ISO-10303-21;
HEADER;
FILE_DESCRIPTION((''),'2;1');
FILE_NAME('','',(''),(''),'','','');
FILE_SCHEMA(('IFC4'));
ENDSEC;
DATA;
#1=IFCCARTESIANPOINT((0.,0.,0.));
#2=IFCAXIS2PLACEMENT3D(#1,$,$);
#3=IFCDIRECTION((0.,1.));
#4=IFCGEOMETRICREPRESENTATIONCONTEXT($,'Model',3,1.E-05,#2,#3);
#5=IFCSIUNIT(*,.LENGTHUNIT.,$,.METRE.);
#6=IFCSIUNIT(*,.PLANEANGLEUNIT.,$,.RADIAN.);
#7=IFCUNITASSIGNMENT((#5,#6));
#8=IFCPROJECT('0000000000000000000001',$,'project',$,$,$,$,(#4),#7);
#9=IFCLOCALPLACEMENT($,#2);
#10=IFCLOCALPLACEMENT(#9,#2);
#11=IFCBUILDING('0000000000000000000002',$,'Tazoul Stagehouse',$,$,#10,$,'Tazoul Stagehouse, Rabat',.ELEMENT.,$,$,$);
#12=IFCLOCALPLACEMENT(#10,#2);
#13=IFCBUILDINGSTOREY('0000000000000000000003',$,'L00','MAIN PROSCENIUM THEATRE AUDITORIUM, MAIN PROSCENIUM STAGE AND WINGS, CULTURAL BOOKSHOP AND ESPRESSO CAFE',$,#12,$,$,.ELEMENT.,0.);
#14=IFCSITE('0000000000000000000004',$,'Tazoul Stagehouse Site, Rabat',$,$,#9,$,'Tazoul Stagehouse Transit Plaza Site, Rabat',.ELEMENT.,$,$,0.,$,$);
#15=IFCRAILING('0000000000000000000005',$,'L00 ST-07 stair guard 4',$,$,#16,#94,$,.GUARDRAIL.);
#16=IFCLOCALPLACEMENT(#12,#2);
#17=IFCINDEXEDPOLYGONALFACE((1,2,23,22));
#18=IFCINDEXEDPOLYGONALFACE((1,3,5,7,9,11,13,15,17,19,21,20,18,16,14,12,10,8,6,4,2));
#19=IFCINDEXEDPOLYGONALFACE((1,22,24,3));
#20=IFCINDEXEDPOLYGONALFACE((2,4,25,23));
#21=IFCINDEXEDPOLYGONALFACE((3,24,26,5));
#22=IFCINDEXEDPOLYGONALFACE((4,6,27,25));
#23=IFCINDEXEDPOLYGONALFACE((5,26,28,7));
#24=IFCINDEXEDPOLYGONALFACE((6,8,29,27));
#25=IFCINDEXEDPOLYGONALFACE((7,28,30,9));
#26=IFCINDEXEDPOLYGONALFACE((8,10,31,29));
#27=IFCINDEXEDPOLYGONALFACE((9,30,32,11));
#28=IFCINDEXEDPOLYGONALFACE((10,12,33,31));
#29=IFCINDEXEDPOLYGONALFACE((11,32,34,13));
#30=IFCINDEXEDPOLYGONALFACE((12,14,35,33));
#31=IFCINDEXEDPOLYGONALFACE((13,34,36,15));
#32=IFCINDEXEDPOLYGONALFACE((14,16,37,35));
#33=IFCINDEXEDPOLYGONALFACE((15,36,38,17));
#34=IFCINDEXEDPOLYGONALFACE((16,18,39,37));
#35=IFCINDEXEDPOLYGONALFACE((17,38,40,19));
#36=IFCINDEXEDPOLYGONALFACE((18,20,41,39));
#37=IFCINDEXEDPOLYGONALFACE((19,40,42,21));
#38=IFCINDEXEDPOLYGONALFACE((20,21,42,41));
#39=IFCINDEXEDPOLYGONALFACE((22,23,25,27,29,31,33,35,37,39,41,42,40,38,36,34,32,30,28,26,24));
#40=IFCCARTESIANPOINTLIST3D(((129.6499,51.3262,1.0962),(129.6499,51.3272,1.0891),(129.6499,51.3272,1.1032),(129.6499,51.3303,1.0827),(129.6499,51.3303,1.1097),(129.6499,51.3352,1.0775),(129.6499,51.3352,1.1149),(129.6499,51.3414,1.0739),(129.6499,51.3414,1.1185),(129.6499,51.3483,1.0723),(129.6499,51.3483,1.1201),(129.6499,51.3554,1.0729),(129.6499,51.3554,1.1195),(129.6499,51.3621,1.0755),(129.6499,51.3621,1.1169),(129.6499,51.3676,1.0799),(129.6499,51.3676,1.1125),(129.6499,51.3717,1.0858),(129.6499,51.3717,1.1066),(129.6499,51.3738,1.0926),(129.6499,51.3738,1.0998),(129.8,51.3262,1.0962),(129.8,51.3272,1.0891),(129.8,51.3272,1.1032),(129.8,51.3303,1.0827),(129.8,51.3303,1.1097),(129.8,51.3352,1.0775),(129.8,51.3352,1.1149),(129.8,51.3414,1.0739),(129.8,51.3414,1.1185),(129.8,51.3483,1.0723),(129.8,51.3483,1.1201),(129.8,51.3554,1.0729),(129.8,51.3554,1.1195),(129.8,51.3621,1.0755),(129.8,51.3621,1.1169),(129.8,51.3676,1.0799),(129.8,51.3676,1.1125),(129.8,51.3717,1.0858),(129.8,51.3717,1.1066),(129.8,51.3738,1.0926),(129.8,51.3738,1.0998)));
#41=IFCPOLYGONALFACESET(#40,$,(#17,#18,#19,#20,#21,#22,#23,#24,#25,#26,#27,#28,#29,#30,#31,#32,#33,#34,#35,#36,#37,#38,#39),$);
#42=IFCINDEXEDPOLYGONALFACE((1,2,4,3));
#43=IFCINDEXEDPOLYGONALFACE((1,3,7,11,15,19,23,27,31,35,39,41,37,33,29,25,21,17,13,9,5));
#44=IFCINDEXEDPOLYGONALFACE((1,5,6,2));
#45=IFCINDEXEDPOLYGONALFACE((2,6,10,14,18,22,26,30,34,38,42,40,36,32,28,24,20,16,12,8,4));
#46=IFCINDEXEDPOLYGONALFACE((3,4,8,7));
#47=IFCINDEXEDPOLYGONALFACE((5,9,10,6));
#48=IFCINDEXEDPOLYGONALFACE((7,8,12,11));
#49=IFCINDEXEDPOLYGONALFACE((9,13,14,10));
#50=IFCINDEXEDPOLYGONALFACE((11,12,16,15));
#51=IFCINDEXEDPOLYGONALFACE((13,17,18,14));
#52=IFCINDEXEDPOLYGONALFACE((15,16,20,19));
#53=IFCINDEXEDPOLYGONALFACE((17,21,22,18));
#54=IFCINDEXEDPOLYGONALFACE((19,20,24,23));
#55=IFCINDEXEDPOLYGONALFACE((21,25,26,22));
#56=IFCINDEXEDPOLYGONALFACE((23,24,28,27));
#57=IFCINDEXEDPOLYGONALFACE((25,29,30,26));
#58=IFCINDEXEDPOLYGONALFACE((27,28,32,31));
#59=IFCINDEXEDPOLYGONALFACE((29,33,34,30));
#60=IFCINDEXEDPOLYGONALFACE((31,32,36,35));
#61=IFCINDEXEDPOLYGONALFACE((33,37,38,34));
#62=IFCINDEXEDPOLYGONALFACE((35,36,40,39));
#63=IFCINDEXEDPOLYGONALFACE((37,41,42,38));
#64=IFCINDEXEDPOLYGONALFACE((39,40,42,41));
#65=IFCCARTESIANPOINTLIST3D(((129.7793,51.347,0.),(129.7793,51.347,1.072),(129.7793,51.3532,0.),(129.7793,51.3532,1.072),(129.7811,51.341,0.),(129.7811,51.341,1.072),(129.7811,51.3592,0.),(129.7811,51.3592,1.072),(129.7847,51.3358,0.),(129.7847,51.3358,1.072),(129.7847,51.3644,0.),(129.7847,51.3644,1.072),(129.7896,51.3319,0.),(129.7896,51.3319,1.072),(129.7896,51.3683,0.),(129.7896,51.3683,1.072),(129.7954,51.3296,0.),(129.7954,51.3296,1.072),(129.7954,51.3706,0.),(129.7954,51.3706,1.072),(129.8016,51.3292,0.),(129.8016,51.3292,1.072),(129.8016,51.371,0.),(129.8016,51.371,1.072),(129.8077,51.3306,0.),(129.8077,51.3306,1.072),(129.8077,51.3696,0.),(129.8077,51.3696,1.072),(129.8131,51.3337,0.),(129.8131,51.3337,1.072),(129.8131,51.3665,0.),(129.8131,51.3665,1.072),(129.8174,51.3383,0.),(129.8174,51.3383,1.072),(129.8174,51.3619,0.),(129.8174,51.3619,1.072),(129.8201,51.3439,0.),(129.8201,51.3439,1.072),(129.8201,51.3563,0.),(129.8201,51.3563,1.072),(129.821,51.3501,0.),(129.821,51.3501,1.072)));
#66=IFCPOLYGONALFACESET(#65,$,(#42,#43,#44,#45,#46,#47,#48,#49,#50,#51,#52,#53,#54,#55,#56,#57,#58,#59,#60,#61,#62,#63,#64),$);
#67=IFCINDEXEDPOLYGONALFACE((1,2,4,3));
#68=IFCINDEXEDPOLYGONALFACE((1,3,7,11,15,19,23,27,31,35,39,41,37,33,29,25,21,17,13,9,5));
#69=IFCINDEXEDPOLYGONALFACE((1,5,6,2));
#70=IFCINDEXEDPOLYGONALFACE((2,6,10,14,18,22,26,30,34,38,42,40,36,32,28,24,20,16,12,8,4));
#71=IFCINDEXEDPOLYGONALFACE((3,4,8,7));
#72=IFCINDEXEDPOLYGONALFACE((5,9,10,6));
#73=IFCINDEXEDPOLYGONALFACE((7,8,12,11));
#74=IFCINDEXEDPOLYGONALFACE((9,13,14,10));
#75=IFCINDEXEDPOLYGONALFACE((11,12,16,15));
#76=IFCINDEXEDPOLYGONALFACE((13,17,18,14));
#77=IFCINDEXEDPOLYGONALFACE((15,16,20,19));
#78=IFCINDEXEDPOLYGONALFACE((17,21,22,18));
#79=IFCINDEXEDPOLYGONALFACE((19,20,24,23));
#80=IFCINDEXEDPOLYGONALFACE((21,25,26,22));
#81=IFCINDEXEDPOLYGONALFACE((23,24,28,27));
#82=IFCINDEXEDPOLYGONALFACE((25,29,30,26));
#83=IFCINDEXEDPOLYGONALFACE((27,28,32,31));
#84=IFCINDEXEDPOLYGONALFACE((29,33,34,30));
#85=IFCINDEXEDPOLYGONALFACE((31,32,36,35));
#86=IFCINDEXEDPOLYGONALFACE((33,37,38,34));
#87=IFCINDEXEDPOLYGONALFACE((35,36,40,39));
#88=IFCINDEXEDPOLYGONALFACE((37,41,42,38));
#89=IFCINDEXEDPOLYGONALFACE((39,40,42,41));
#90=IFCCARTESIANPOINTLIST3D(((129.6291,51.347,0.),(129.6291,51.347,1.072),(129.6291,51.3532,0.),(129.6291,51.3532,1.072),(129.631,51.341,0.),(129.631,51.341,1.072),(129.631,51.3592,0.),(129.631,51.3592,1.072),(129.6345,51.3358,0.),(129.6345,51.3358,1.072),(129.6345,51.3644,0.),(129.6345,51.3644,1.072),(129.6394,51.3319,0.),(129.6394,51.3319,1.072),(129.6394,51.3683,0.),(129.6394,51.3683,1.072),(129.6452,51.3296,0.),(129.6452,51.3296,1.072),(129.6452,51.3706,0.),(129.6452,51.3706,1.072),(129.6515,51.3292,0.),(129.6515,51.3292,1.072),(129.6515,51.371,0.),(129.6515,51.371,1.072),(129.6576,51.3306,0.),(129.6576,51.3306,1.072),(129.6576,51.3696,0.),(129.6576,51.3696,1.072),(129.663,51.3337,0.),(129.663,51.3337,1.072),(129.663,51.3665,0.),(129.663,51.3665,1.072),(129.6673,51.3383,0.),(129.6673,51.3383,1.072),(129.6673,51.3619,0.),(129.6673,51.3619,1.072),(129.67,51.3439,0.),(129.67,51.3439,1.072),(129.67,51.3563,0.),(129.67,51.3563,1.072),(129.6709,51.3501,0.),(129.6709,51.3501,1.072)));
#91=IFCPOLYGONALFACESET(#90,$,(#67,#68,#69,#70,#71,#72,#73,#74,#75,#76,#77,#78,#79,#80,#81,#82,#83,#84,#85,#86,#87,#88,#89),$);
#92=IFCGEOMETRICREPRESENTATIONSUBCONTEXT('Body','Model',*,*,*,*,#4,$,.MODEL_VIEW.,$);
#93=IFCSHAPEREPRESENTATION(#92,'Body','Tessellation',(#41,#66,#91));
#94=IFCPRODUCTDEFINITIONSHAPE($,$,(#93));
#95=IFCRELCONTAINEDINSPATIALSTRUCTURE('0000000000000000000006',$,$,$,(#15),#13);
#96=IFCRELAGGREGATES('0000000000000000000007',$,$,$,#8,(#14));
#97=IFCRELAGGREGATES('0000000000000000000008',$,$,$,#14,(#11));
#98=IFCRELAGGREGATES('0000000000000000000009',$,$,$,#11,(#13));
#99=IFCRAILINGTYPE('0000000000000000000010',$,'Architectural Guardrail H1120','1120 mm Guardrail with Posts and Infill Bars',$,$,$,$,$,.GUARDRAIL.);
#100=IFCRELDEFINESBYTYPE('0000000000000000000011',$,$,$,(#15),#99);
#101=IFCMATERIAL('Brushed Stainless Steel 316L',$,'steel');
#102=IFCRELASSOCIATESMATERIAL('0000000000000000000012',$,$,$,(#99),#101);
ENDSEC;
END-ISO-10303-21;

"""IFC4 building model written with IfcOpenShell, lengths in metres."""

from ifc_helpers import new_model, si_unit, direction, frame, origin, origin_2d, place, context, subcontext, project, spatial, circle, extrude, material, material_profile, profile_set, type_object, element, save


model = new_model("IFC4")

# Units and contexts
model_context = context("Model", 3, precision=1e-05, world=origin(), true_north=direction((0.0, 1.0)))
body_context = subcontext(model_context, "Body", "Model", "MODEL_VIEW")
ifc_project = project(units=[si_unit("LENGTHUNIT", "METRE"), si_unit("PLANEANGLEUNIT", "RADIAN")], contexts=[model_context])

# Site, building, storey
site_placement = place(None, origin())
site = spatial("IfcSite", under=ifc_project, at=site_placement, Name="Tazoul Stagehouse Site, Rabat", LongName="Tazoul Stagehouse Transit Plaza Site, Rabat", CompositionType="ELEMENT", RefElevation=0.0)
building_placement = place(site_placement, origin())
building = spatial("IfcBuilding", under=site, at=building_placement, Name="Tazoul Stagehouse", LongName="Tazoul Stagehouse, Rabat", CompositionType="ELEMENT")
storey_placement = place(building_placement, origin())
storey = spatial("IfcBuildingStorey", under=building, at=storey_placement, Name="L00", Description="MAIN PROSCENIUM THEATRE AUDITORIUM, MAIN PROSCENIUM STAGE AND WINGS, CULTURAL BOOKSHOP AND ESPRESSO CAFE", CompositionType="ELEMENT", Elevation=0.0)

# Railing
ifc_material_1 = material(Name="Brushed Stainless Steel 316L", Category="steel")
ifc_material_profile_1 = material_profile(ifc_material_1, circle(Radius=0.0239, at=origin_2d()), Name="SS RAIL D48")
ifc_profile_set_1 = profile_set([ifc_material_profile_1], Name="Brushed Stainless Steel 316L")
railing_type_1 = type_object("IfcRailingType", Name="Architectural Guardrail H1120", Description="1120 mm Guardrail with Posts and Infill Bars", PredefinedType="GUARDRAIL", material=ifc_profile_set_1)
railing_1_placement = place(storey_placement, frame((129.8, 51.3501, 0.0)))
element("IfcRailing", 1, at=railing_1_placement, inside=storey, type_object=railing_type_1, Name="L00 ST-07 stair guard 4", PredefinedType="GUARDRAIL", context=body_context, shape_type="SweptSolid", body=[
    extrude(circle(Radius=0.0239, at=origin_2d()), frame((0.0, 0.0, 1.0962), z_axis=(-1.0, 0.0, 0.0), x_axis=(0.0, -1.0, 0.0)), (0.0, 0.0, 1.0), 0.1501),
    extrude(circle(Radius=0.021, at=origin_2d()), origin(), (0.0, 0.0, 1.0), 1.072),
    extrude(circle(Radius=0.021, at=origin_2d()), frame((-0.1501, 0.0, 0.0)), (0.0, 0.0, 1.0), 1.072),
])

save(model, "model.ifc")
